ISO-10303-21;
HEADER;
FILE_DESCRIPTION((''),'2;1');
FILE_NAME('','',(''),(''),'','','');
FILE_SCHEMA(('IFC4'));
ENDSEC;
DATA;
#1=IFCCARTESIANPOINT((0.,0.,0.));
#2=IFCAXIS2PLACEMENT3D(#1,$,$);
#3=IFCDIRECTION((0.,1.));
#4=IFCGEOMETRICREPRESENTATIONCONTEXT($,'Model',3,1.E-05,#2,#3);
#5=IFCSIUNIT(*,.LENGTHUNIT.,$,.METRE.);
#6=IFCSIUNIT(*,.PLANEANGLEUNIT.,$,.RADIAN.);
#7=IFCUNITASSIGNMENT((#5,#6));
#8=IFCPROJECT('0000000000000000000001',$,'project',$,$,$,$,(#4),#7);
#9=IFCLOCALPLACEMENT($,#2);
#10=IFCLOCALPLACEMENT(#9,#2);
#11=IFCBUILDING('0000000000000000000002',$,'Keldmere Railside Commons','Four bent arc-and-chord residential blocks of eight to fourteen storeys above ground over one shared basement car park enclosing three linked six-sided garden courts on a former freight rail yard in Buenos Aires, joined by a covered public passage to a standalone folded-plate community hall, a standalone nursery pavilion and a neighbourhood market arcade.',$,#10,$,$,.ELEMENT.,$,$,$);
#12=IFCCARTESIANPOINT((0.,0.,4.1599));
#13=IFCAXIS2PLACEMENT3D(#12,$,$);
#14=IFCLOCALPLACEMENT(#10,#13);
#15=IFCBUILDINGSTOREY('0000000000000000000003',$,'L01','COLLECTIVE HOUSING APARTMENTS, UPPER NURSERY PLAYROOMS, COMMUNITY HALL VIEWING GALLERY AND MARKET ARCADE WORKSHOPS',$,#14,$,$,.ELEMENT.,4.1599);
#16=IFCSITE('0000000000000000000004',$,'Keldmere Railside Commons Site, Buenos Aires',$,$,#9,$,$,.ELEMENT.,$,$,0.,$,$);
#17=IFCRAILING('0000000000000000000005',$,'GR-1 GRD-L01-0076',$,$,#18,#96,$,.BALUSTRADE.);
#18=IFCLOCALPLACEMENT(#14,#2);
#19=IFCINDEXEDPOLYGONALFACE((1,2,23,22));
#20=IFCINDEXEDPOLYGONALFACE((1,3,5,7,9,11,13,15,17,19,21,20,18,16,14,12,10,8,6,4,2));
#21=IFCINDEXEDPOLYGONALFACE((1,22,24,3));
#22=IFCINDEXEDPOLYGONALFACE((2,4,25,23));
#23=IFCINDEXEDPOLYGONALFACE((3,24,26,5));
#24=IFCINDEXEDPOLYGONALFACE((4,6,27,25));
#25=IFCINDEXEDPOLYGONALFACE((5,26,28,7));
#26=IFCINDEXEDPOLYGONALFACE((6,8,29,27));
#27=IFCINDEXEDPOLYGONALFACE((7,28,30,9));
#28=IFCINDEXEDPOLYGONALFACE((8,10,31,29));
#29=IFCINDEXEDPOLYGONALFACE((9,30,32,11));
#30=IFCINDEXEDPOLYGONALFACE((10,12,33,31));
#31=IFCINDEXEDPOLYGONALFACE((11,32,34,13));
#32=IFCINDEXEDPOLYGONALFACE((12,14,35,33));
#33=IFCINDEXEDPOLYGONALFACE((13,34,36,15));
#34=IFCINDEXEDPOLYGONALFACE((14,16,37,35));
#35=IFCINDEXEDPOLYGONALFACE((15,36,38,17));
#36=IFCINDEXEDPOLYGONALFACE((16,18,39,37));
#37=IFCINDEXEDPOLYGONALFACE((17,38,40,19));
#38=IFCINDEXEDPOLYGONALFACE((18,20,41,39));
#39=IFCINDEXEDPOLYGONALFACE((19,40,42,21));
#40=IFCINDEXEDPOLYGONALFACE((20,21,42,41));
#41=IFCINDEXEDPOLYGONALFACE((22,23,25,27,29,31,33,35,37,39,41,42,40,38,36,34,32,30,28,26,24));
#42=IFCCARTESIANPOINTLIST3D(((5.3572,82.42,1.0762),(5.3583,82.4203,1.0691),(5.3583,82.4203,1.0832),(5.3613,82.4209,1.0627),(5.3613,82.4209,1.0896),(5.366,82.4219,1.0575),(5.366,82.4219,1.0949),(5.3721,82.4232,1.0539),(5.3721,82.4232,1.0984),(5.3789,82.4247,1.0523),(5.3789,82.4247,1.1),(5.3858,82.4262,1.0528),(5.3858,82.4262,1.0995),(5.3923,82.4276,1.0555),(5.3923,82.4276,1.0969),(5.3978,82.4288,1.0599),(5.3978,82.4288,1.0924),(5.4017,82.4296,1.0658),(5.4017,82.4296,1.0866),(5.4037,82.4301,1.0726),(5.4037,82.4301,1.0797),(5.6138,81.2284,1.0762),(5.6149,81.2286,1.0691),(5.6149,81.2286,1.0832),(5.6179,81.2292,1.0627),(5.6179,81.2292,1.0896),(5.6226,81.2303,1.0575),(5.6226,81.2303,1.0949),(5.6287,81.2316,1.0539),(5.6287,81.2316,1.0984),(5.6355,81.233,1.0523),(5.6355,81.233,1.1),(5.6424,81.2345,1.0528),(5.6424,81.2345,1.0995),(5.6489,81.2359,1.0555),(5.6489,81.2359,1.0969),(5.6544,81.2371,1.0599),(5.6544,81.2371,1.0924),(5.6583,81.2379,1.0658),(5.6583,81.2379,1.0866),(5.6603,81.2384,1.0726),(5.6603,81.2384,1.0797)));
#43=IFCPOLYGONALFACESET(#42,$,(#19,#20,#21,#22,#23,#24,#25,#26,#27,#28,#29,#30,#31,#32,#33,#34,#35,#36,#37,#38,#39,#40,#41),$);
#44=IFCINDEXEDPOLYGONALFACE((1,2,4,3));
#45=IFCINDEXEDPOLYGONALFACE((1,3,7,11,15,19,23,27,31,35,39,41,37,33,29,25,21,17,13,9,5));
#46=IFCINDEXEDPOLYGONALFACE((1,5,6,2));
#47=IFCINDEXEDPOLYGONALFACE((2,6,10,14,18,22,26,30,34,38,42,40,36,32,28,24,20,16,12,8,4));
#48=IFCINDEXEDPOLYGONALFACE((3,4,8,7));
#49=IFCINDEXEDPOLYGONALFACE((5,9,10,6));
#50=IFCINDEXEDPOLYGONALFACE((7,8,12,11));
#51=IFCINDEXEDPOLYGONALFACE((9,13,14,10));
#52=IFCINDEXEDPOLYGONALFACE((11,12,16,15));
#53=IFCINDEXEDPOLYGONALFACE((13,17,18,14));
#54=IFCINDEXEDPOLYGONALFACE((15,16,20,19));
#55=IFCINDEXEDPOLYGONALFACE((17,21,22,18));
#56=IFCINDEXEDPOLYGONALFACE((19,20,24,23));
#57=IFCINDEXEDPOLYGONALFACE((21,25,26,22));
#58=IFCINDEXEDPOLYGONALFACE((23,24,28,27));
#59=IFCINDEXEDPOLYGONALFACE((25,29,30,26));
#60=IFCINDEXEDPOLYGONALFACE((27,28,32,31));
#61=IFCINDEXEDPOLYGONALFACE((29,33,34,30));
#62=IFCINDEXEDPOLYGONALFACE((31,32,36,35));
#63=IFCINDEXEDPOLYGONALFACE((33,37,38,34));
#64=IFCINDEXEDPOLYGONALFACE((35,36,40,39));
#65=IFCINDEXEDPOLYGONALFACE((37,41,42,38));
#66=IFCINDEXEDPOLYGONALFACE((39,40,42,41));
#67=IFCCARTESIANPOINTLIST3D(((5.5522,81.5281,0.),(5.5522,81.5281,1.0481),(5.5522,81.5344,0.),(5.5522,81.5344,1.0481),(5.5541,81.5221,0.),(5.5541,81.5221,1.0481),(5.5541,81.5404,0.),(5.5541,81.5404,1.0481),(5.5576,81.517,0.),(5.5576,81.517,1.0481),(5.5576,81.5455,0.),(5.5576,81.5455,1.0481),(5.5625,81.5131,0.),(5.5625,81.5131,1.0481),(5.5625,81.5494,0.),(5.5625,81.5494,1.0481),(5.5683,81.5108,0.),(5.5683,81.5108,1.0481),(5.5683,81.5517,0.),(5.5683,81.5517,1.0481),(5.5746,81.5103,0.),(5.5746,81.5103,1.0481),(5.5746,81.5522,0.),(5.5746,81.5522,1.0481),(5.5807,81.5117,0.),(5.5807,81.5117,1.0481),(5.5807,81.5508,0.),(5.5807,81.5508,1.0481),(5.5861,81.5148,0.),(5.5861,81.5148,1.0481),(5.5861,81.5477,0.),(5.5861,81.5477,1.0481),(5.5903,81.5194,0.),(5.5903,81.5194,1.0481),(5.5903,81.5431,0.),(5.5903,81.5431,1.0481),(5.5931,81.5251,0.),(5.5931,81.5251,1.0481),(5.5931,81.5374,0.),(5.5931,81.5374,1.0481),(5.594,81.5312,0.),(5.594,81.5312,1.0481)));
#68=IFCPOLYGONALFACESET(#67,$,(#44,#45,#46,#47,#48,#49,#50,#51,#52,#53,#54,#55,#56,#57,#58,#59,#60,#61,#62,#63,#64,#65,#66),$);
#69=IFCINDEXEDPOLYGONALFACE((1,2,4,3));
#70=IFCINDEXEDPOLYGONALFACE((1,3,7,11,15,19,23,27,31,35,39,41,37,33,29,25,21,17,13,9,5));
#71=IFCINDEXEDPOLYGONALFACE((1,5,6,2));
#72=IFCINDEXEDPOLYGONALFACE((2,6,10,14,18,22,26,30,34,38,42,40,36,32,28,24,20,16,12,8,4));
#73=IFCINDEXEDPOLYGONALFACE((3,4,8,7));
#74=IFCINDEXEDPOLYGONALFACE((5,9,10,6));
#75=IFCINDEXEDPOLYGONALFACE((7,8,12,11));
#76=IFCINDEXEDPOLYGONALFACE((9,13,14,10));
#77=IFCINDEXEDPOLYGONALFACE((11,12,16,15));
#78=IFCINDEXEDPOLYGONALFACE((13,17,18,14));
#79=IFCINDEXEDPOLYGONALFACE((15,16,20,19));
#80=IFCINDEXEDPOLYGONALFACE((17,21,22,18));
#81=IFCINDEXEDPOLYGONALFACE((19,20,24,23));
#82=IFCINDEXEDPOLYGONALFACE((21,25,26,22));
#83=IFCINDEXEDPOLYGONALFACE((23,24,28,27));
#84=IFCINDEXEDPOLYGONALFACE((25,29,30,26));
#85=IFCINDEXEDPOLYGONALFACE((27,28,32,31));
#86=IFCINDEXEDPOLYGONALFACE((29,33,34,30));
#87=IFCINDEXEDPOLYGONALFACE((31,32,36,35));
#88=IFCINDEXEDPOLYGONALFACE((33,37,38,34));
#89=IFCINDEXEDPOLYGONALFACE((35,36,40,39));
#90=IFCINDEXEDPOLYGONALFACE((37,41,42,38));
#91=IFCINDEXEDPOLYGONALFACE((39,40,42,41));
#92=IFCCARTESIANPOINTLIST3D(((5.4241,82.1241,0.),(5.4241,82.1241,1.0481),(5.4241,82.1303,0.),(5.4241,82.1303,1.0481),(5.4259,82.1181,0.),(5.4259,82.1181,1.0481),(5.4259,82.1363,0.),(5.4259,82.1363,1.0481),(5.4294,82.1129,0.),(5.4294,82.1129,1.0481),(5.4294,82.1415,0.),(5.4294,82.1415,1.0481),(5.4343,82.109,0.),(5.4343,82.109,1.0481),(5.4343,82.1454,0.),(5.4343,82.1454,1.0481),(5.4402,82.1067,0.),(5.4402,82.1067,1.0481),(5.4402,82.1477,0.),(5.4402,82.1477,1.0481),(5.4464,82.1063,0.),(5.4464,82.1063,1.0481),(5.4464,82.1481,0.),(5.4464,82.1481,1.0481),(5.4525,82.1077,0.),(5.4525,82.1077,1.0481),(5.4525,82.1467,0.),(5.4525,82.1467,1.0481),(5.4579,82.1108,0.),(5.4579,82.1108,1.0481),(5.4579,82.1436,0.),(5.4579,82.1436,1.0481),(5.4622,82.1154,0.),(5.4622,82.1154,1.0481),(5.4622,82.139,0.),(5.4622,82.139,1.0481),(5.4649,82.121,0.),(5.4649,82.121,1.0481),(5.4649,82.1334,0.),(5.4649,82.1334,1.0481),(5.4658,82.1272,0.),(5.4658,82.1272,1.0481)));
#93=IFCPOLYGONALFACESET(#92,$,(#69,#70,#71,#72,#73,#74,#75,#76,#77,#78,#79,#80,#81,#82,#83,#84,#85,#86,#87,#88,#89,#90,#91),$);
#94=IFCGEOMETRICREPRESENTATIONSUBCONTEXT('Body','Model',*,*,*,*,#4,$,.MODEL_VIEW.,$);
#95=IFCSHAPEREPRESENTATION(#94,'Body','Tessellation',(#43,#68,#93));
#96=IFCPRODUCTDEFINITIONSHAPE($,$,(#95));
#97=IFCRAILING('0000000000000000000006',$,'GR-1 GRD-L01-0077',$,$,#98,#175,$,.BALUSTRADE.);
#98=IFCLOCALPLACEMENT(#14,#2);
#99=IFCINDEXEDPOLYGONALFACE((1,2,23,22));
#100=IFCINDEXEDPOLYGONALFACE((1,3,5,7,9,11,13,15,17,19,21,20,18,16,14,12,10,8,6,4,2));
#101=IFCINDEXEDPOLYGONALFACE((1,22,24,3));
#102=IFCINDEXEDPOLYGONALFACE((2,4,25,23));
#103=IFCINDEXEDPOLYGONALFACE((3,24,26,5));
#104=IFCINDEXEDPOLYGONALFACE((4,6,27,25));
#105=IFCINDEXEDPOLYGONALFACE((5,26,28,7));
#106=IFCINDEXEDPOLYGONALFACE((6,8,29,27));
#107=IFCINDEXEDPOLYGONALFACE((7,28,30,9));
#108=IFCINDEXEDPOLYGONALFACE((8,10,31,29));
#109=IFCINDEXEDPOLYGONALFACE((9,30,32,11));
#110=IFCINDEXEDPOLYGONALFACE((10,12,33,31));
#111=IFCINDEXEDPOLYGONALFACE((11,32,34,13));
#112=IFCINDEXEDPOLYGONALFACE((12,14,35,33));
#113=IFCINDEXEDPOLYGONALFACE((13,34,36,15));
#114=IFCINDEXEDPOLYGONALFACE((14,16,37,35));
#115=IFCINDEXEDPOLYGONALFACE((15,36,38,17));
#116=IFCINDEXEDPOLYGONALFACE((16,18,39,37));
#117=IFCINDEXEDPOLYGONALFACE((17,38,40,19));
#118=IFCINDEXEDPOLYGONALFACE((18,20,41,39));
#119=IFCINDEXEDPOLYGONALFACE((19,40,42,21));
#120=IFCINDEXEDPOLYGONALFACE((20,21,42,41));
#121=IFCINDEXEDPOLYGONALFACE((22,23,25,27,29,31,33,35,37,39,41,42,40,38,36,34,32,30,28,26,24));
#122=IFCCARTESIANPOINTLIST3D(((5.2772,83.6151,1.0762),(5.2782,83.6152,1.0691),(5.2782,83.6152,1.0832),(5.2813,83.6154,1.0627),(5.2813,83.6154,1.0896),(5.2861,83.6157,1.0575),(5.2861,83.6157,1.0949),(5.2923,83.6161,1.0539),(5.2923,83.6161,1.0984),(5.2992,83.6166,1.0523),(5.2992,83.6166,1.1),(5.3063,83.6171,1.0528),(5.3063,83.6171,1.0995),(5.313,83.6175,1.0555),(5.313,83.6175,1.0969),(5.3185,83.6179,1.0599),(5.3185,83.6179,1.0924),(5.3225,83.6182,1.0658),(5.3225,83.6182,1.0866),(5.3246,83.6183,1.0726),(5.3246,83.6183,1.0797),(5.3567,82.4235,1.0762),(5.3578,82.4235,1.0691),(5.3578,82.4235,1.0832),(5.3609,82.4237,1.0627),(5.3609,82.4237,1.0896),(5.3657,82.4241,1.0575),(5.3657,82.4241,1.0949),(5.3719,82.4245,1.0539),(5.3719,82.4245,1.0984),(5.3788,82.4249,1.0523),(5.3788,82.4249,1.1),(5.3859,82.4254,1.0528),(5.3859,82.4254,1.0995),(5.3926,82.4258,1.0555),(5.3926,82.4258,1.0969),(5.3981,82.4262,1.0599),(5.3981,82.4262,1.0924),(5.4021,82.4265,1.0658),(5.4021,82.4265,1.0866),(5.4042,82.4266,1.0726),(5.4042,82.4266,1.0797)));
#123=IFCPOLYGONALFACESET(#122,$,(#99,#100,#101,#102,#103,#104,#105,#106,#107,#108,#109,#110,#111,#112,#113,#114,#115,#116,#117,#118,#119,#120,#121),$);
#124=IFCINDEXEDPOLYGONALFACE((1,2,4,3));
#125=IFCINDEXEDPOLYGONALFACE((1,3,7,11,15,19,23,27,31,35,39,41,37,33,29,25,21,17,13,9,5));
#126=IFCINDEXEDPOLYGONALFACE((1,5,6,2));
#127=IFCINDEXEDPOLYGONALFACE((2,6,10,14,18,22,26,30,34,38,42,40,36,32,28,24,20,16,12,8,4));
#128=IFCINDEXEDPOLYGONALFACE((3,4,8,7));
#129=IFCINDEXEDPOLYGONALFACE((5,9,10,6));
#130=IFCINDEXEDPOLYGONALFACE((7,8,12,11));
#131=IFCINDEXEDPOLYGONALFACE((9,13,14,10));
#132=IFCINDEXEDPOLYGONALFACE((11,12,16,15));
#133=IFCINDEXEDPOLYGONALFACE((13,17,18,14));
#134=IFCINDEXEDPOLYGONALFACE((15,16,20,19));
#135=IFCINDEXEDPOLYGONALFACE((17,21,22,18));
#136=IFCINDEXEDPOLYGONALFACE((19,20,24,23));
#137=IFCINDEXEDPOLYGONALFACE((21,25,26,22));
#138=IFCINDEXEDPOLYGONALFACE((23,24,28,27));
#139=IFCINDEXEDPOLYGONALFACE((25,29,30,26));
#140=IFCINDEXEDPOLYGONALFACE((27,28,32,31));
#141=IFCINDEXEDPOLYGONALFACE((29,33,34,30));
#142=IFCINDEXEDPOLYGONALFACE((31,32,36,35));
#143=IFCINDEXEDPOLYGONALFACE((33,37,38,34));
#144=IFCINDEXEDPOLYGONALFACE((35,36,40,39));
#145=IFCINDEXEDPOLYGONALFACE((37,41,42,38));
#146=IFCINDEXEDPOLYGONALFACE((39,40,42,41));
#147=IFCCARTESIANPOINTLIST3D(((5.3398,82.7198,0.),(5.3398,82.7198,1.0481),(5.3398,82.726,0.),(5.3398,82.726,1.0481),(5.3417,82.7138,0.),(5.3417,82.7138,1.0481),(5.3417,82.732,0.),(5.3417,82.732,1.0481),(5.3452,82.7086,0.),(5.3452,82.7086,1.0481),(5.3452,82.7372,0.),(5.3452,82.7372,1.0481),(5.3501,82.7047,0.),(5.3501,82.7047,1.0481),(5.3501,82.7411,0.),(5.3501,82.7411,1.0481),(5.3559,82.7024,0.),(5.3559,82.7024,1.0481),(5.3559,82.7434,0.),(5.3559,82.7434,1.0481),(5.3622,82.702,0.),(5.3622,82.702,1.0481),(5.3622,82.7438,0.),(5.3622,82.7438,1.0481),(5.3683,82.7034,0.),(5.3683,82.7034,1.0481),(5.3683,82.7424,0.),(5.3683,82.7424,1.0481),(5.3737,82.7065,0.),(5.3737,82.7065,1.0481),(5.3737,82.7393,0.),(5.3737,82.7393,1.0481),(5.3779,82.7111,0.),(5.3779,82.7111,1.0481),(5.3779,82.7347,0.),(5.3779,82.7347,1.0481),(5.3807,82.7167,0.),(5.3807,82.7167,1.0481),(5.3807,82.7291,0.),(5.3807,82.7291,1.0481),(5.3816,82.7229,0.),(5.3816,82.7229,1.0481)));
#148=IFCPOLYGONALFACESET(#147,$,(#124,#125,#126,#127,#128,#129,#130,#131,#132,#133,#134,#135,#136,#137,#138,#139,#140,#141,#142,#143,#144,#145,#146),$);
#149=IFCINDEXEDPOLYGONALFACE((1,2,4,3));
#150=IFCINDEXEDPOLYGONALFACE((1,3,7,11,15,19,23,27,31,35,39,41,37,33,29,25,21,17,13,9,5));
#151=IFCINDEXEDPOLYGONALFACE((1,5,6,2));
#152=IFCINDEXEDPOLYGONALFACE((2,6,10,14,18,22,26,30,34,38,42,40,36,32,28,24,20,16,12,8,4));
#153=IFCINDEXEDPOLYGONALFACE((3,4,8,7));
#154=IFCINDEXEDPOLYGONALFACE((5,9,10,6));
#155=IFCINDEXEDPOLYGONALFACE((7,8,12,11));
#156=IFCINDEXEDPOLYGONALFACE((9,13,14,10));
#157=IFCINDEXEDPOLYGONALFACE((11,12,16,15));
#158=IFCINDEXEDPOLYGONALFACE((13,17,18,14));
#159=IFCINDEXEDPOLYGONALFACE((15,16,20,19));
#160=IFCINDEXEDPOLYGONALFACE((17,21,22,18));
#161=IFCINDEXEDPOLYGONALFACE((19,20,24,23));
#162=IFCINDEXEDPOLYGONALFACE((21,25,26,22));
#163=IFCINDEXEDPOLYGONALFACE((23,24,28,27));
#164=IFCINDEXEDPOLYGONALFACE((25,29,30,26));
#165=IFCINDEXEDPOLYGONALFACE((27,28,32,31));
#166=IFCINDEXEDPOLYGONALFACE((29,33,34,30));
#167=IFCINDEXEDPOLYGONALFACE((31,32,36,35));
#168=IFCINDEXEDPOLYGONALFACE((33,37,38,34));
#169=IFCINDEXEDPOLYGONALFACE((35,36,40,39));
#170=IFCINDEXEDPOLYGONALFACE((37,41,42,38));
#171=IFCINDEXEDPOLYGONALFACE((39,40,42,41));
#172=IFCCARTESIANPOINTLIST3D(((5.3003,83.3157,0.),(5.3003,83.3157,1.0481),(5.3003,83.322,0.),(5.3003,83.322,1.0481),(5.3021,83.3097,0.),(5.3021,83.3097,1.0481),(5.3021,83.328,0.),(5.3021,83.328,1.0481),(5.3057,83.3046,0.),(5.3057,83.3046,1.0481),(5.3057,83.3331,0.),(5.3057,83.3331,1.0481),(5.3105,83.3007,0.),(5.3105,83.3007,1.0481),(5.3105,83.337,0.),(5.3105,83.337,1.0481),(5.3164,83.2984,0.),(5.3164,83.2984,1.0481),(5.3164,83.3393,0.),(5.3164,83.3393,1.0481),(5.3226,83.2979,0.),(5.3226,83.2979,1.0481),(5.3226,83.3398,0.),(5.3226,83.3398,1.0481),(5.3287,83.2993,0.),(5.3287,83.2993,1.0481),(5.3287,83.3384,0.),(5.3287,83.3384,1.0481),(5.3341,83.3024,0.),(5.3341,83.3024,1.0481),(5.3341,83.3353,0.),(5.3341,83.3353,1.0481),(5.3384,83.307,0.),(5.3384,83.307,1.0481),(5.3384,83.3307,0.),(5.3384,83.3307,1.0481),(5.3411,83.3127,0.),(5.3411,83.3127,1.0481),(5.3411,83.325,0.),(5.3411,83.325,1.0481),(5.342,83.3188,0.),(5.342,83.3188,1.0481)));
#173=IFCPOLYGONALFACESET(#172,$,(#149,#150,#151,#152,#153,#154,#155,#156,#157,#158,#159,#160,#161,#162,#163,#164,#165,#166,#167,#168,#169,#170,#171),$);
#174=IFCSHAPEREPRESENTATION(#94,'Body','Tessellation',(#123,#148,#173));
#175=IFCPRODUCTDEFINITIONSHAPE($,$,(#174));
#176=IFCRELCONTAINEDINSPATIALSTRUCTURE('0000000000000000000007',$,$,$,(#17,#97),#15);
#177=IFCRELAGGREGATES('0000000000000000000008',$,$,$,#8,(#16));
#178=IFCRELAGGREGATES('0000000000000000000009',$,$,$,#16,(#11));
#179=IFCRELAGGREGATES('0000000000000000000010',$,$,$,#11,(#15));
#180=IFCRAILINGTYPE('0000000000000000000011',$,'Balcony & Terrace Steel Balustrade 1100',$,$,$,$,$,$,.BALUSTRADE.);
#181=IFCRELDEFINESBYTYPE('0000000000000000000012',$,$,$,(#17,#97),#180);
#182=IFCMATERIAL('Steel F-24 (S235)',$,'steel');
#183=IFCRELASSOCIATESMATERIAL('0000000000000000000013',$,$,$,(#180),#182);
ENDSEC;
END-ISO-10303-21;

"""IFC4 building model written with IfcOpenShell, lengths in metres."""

from ifc_helpers import new_model, si_unit, direction, frame, origin, origin_2d, place, context, subcontext, project, spatial, circle, extrude, material, type_object, element, save


model = new_model("IFC4")

# Units and contexts
model_context = context("Model", 3, precision=1e-05, world=origin(), true_north=direction((0.0, 1.0)))
body_context = subcontext(model_context, "Body", "Model", "MODEL_VIEW")
ifc_project = project(units=[si_unit("LENGTHUNIT", "METRE"), si_unit("PLANEANGLEUNIT", "RADIAN")], contexts=[model_context])

# Site, building, storey
site_placement = place(None, origin())
site = spatial("IfcSite", under=ifc_project, at=site_placement, Name="Keldmere Railside Commons Site, Buenos Aires", CompositionType="ELEMENT", RefElevation=0.0)
building_placement = place(site_placement, origin())
building = spatial("IfcBuilding", under=site, at=building_placement, Name="Keldmere Railside Commons", Description="Four bent arc-and-chord residential blocks of eight to fourteen storeys above ground over one shared basement car park enclosing three linked six-sided garden courts on a former freight rail yard in Buenos Aires, joined by a covered public passage to a standalone folded-plate community hall, a standalone nursery pavilion and a neighbourhood market arcade.", CompositionType="ELEMENT")
storey_placement = place(building_placement, frame((0.0, 0.0, 4.1599)))
storey = spatial("IfcBuildingStorey", under=building, at=storey_placement, Name="L01", Description="COLLECTIVE HOUSING APARTMENTS, UPPER NURSERY PLAYROOMS, COMMUNITY HALL VIEWING GALLERY AND MARKET ARCADE WORKSHOPS", CompositionType="ELEMENT", Elevation=4.1599)

# Shared definitions
ifc_material_1 = material(Name="Steel F-24 (S235)", Category="steel")

# Railings
railing_type = type_object("IfcRailingType", Name="Balcony & Terrace Steel Balustrade 1100", PredefinedType="BALUSTRADE", material=ifc_material_1)
railing_1_placement = place(storey_placement, frame((5.6372, 81.2334, 0.0)))
element("IfcRailing", 1, at=railing_1_placement, inside=storey, type_object=railing_type, Name="GR-1 GRD-L01-0076", PredefinedType="BALUSTRADE", context=body_context, shape_type="SweptSolid", body=[
    extrude(circle(Radius=0.0239, at=origin_2d()), frame((0.0, 0.0, 1.0762), z_axis=(-0.2105, 0.977594, 0.0), x_axis=(-0.977594, -0.2105, 0.0)), (0.0, 0.0, 1.0), 1.219),
    extrude(circle(Radius=0.021, at=origin_2d()), frame((-0.0642, 0.2979, 0.0)), (0.0, 0.0, 1.0), 1.0481),
    extrude(circle(Radius=0.021, at=origin_2d()), frame((-0.1924, 0.8938, 0.0)), (0.0, 0.0, 1.0), 1.0481),
])
railing_2_placement = place(storey_placement, frame((5.3806, 82.425, 0.0)))
element("IfcRailing", 2, at=railing_2_placement, inside=storey, type_object=railing_type, Name="GR-1 GRD-L01-0077", PredefinedType="BALUSTRADE", context=body_context, shape_type="SweptSolid", body=[
    extrude(circle(Radius=0.0239, at=origin_2d()), frame((0.0, 0.0, 1.0762), z_axis=(-0.066641, 0.997777, 0.0), x_axis=(-0.997777, -0.066641, 0.0)), (0.0, 0.0, 1.0), 1.1943),
    extrude(circle(Radius=0.021, at=origin_2d()), frame((-0.02, 0.2979, 0.0)), (0.0, 0.0, 1.0), 1.0481),
    extrude(circle(Radius=0.021, at=origin_2d()), frame((-0.0596, 0.8938, 0.0)), (0.0, 0.0, 1.0), 1.0481),
])

save(model, "model.ifc")
